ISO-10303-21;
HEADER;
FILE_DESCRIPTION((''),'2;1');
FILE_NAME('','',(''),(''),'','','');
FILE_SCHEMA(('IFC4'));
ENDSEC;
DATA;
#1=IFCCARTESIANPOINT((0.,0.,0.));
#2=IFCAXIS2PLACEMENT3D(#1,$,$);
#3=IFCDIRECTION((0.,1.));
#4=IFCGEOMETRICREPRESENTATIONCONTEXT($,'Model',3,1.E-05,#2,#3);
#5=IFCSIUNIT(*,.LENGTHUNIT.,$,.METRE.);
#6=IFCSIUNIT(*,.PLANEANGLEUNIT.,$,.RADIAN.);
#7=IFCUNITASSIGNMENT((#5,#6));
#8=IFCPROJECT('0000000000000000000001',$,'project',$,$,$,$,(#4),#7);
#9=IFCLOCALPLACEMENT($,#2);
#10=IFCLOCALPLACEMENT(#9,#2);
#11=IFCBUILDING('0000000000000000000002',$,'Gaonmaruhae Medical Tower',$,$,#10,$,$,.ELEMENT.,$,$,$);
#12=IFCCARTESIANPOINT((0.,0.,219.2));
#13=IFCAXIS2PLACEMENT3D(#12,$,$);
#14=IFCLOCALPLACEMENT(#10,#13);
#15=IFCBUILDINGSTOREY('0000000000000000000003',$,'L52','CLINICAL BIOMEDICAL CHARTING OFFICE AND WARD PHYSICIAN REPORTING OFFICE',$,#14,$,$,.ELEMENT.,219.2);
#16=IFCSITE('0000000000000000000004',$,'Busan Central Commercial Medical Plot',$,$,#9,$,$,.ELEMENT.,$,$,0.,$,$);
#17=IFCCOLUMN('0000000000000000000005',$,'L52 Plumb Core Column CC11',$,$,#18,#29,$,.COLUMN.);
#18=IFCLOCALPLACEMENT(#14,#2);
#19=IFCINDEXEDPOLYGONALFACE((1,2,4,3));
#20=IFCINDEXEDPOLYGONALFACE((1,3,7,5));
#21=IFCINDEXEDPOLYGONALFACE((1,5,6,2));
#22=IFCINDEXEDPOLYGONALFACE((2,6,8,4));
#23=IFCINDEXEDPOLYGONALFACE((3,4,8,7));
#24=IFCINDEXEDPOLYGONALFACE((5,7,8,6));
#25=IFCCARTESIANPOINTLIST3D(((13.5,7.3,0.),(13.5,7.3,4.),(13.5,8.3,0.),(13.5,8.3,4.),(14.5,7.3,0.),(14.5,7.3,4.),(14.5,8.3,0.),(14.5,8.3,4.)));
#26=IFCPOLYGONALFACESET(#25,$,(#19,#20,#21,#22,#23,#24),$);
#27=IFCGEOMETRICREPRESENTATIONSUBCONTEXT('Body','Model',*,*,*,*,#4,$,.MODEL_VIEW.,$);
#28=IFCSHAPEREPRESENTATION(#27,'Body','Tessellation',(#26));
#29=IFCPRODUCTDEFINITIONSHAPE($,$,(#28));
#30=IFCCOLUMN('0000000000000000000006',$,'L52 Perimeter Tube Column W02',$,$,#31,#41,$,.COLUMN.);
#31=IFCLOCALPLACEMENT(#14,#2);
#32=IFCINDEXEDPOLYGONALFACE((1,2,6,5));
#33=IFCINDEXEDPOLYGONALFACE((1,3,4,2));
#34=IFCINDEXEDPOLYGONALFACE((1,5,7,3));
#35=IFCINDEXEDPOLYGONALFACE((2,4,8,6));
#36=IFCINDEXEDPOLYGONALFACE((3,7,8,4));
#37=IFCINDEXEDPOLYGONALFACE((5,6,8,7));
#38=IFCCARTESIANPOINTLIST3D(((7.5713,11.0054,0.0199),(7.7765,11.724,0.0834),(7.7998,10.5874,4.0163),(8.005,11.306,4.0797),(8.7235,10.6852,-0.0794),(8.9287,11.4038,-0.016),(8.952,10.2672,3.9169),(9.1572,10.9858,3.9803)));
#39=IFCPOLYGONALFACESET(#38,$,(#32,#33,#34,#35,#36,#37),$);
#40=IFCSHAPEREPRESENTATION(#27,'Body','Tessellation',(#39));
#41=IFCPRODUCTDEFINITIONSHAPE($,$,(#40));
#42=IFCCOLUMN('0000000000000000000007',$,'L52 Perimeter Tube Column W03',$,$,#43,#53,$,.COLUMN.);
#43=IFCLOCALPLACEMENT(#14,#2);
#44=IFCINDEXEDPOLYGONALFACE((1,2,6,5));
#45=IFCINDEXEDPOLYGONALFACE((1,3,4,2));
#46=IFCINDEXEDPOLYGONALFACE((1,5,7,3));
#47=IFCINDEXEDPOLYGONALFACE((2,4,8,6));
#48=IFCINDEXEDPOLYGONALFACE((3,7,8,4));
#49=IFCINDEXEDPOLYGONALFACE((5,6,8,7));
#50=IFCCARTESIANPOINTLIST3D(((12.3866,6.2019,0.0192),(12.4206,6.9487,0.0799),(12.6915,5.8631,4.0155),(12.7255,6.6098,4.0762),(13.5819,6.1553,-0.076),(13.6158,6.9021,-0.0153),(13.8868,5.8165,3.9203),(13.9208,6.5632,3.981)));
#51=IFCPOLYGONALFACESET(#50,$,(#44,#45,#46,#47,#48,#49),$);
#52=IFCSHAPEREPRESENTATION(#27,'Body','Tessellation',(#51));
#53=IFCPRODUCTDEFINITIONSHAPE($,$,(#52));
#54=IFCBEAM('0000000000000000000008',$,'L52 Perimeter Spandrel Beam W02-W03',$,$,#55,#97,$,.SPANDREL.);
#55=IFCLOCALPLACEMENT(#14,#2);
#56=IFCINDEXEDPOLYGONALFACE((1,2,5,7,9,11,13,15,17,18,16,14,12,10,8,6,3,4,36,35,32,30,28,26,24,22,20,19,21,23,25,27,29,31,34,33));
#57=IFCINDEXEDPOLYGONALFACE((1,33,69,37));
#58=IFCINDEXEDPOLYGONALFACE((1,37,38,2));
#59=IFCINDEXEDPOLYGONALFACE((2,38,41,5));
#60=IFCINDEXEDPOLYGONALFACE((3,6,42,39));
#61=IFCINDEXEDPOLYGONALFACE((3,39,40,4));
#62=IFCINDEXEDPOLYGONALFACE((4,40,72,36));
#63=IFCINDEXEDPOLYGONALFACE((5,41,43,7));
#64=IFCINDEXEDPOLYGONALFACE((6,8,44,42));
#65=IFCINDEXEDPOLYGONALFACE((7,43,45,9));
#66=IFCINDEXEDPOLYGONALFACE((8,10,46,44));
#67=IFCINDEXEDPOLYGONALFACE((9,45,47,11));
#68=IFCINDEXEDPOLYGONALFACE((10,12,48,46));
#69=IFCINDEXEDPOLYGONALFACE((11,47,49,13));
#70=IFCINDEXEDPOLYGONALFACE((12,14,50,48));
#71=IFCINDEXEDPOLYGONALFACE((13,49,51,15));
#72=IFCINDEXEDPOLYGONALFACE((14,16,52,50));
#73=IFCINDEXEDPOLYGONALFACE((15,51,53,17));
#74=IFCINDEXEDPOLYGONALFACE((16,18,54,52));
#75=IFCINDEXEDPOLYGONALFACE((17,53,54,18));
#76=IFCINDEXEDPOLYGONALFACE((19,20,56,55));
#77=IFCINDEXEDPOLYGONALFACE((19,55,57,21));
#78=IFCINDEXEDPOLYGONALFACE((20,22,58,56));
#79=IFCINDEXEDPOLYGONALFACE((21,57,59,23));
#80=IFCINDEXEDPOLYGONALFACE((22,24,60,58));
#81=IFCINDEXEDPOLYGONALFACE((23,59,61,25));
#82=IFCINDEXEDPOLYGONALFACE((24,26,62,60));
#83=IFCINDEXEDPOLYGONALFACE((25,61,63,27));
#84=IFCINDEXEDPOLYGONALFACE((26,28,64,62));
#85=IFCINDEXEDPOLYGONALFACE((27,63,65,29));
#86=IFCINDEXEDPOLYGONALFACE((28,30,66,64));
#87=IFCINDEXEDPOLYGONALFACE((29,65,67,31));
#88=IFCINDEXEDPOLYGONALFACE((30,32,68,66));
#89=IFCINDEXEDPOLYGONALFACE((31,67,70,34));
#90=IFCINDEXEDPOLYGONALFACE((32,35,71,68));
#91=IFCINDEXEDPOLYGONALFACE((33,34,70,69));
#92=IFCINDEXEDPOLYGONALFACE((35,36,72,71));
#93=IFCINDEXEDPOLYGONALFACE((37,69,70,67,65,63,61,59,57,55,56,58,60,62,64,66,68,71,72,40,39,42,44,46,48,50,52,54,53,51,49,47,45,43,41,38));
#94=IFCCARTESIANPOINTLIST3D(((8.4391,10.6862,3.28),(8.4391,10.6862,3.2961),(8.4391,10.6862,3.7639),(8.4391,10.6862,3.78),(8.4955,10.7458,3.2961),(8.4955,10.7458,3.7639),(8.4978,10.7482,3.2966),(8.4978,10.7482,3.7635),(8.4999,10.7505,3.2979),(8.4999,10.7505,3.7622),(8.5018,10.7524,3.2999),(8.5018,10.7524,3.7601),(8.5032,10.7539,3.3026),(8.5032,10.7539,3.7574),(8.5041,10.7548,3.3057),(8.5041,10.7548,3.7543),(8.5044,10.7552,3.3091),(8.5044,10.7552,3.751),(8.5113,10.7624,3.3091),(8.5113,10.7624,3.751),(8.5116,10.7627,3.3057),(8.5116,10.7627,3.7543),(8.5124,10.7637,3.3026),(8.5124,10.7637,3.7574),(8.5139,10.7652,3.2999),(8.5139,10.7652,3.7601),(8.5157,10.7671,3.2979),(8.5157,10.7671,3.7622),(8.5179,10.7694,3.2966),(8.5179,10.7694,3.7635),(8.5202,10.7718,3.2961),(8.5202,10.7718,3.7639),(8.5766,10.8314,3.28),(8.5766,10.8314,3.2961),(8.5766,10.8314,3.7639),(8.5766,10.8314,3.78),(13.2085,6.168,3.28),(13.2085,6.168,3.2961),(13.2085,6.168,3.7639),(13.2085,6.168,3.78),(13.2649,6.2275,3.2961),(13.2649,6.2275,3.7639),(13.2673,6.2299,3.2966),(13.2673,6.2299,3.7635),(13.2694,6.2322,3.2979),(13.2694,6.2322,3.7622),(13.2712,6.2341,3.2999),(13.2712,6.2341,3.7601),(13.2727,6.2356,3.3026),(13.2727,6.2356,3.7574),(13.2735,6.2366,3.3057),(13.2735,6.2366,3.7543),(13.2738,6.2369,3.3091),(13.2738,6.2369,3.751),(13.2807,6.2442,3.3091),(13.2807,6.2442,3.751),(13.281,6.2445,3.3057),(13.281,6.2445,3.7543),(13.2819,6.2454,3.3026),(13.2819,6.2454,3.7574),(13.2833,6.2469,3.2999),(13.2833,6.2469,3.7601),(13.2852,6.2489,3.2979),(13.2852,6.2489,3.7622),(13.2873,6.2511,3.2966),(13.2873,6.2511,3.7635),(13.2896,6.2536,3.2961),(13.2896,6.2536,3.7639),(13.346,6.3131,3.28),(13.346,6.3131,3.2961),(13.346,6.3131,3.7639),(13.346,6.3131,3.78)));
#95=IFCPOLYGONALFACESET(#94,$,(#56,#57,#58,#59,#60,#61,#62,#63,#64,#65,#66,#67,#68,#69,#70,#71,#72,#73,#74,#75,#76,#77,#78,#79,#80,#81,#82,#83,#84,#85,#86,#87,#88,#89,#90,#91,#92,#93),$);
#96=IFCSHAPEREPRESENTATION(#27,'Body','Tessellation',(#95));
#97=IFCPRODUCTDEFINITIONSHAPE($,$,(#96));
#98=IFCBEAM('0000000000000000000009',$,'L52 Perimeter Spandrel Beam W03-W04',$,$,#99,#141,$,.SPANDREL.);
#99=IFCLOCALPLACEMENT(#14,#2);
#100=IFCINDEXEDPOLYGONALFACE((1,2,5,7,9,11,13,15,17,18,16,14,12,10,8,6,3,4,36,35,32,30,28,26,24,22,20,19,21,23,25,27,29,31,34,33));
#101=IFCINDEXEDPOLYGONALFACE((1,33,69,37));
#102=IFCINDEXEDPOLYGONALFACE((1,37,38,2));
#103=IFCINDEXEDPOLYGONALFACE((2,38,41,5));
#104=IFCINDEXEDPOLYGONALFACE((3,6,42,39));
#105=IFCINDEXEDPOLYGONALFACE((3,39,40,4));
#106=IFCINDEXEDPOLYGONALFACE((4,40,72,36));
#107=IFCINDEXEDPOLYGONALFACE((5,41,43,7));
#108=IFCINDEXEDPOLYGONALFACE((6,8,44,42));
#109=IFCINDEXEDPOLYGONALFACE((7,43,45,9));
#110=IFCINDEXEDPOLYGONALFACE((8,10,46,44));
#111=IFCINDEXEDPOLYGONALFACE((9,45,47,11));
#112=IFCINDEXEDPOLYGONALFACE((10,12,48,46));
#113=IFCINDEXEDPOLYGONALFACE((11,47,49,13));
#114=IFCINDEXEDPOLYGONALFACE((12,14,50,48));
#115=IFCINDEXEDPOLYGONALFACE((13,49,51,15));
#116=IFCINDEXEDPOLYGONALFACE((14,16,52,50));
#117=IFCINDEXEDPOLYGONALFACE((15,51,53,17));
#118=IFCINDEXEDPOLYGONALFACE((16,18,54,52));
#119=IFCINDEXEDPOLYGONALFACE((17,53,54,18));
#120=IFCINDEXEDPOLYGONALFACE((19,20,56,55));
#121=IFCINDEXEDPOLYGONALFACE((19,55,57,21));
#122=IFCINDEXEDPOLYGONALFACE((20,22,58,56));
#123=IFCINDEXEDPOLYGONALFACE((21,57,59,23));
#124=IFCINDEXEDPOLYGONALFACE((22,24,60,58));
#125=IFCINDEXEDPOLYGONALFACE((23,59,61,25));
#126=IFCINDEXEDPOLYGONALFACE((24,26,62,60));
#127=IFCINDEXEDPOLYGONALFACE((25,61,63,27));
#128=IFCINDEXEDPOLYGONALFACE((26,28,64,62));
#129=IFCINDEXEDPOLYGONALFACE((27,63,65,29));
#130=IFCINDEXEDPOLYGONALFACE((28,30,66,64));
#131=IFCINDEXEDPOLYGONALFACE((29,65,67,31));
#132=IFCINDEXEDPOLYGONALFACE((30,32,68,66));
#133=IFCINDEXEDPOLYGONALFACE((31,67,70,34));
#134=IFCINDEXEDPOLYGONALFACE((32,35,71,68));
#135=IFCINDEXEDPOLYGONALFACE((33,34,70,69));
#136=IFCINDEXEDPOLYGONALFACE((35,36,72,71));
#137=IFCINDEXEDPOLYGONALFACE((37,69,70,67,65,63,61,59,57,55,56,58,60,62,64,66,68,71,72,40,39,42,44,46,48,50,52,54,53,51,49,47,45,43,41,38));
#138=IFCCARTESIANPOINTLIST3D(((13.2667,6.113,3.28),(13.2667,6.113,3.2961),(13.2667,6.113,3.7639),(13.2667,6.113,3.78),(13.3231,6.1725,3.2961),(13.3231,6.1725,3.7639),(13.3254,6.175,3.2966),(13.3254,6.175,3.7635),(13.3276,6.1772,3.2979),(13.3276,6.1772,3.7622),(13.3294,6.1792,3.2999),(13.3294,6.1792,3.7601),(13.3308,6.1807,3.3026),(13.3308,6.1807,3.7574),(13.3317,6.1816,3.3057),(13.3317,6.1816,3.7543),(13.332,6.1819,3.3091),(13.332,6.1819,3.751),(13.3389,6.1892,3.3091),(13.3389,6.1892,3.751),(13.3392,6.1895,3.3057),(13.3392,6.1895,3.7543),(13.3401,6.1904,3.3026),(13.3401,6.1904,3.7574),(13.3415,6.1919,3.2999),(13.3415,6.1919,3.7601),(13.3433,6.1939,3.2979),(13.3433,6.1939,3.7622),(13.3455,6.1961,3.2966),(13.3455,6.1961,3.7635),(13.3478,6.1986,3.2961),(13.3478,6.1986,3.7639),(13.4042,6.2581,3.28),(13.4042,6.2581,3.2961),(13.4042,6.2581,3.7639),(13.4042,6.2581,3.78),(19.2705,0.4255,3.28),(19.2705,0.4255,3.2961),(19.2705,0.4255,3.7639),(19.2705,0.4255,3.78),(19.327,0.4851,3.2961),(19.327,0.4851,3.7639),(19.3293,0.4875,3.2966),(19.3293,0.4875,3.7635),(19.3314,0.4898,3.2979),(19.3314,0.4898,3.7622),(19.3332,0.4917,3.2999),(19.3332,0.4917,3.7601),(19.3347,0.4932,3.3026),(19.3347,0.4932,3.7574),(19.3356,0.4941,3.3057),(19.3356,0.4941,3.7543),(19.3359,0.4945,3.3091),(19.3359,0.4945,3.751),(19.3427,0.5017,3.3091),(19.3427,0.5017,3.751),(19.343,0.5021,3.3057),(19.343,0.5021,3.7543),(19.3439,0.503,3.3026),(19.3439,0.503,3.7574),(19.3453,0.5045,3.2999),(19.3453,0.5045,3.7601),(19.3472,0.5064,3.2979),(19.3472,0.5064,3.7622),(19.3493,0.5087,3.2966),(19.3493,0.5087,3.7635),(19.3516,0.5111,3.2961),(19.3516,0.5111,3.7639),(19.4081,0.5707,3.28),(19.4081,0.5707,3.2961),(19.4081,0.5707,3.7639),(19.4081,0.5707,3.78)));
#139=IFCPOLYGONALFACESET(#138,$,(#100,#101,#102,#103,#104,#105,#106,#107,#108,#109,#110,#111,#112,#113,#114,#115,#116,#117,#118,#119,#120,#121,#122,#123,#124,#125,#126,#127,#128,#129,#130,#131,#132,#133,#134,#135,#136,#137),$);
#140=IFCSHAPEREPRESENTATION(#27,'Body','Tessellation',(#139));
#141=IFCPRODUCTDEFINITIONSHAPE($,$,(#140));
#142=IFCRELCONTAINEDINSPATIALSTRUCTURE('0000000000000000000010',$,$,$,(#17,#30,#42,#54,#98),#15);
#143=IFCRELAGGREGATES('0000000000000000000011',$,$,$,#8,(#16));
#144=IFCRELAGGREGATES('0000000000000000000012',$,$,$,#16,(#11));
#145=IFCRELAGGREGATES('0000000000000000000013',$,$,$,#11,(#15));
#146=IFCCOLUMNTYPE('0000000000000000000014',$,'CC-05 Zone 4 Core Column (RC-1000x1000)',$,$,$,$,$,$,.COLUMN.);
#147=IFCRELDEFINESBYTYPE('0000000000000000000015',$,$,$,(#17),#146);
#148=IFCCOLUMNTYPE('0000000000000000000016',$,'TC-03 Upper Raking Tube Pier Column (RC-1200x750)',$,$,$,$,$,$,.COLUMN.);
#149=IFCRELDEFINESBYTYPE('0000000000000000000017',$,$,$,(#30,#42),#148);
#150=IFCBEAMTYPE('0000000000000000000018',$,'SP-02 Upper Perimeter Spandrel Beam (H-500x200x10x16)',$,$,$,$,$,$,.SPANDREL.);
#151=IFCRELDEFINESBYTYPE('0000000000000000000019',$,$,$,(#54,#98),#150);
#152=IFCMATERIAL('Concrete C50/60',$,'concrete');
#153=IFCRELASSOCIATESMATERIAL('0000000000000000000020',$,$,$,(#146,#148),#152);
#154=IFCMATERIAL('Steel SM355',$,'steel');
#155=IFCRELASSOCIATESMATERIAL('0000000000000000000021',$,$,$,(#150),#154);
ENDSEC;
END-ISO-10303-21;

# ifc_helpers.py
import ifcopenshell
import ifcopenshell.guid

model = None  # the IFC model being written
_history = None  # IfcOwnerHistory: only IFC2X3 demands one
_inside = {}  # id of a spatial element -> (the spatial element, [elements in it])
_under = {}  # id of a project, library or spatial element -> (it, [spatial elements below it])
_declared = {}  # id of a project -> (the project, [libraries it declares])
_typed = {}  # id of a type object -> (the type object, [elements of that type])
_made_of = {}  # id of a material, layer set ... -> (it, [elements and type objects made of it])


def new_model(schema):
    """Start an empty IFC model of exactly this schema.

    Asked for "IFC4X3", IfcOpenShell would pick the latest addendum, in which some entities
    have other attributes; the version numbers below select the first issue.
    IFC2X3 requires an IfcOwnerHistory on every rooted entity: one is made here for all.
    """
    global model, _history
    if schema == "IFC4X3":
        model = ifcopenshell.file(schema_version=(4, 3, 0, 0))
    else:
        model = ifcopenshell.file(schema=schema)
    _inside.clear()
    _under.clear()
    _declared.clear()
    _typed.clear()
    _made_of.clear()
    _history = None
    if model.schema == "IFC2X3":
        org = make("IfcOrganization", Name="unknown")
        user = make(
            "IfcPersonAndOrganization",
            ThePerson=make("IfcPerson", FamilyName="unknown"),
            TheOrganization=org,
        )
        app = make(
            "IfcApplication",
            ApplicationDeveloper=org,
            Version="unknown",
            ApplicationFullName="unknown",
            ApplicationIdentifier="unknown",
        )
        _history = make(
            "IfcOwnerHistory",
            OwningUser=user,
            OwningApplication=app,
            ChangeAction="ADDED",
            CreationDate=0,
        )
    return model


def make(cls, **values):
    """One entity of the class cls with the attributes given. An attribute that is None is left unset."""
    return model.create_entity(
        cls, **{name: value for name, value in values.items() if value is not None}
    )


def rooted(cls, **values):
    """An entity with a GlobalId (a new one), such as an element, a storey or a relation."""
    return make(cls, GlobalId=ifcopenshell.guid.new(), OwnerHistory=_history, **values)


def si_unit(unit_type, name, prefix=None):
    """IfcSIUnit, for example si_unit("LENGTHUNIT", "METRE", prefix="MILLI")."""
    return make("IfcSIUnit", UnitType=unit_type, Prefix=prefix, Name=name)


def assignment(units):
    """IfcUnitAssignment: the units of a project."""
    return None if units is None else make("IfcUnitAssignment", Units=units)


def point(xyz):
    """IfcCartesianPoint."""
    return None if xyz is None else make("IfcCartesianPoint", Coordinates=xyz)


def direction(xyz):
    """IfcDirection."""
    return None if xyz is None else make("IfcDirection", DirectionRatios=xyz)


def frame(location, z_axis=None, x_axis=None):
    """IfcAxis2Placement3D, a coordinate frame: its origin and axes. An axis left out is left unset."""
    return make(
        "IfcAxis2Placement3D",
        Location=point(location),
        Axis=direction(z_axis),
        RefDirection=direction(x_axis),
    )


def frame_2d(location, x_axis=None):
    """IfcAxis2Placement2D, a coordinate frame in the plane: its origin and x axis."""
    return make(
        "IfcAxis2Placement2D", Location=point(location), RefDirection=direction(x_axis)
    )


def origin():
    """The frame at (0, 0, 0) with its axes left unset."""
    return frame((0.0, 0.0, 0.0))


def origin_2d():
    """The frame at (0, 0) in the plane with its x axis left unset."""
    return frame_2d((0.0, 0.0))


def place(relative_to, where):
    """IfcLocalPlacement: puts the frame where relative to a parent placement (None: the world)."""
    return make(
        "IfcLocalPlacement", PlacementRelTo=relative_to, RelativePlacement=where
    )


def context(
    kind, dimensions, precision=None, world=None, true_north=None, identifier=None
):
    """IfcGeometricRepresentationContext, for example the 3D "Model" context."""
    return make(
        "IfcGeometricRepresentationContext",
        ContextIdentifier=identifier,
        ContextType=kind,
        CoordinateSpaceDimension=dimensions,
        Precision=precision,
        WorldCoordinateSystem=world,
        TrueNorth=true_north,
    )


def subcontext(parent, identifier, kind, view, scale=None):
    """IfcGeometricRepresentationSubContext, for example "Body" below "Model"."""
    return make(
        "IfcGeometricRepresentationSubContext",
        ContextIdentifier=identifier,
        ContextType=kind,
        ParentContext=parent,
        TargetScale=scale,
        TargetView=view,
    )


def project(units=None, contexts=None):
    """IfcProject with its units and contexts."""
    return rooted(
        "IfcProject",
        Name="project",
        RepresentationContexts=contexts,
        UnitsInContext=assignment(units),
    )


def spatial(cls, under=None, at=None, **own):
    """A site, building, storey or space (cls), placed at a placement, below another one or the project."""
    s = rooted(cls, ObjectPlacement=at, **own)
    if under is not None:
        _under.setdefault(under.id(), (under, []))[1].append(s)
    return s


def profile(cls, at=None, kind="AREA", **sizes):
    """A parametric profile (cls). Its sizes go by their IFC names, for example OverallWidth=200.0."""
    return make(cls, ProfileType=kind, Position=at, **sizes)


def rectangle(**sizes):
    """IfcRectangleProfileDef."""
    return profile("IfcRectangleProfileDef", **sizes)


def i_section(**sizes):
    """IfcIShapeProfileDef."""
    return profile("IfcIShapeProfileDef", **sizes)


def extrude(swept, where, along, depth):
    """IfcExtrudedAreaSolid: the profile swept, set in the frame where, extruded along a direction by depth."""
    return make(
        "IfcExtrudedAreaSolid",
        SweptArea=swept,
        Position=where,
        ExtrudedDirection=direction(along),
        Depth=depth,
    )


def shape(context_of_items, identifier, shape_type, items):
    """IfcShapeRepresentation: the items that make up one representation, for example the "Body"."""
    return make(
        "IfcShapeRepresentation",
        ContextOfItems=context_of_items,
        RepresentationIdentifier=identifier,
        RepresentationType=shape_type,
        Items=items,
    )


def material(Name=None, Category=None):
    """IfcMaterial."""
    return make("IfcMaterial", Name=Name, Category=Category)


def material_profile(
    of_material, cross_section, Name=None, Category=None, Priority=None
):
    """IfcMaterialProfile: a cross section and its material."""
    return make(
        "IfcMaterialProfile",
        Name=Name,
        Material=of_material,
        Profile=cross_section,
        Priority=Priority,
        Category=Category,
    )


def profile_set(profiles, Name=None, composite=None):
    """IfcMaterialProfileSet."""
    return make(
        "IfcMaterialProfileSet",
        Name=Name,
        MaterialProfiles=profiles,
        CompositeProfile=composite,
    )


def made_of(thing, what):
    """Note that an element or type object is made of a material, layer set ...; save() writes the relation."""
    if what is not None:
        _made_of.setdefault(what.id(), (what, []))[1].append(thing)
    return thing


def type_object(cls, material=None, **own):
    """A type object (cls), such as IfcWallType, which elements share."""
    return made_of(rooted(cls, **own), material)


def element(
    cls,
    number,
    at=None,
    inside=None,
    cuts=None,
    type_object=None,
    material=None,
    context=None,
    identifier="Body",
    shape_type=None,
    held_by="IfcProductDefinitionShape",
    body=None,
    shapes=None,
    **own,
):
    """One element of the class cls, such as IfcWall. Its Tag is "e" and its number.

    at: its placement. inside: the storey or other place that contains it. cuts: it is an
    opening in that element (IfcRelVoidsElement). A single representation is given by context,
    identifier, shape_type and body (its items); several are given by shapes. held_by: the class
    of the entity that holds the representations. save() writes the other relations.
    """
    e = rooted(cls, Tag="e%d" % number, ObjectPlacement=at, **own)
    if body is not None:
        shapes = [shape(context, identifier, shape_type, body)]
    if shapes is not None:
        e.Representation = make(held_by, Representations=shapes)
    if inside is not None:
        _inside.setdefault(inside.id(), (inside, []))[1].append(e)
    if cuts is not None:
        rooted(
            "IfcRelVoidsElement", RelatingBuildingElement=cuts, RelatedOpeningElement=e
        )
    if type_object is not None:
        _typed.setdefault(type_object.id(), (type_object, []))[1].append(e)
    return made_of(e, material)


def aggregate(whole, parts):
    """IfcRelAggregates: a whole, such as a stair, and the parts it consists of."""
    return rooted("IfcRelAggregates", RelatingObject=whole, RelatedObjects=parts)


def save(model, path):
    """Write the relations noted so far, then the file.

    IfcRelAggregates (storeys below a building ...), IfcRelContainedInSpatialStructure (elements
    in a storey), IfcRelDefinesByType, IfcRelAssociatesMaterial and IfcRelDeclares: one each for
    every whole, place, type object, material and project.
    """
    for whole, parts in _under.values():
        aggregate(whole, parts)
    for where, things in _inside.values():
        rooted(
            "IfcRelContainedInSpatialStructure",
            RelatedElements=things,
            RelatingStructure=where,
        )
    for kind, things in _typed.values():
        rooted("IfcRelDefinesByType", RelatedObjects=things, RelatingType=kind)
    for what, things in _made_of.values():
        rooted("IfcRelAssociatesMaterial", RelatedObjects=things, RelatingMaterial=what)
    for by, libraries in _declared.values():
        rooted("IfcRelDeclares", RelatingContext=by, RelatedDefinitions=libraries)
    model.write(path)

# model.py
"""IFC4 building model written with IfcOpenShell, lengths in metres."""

from ifc_helpers import new_model, si_unit, direction, frame, origin, origin_2d, place, context, subcontext, project, spatial, rectangle, i_section, extrude, material, material_profile, profile_set, type_object, element, save


model = new_model("IFC4")

# Units and contexts
model_context = context("Model", 3, precision=1e-05, world=origin(), true_north=direction((0.0, 1.0)))
body_context = subcontext(model_context, "Body", "Model", "MODEL_VIEW")
ifc_project = project(units=[si_unit("LENGTHUNIT", "METRE"), si_unit("PLANEANGLEUNIT", "RADIAN")], contexts=[model_context])

# Site, building, storey
site_placement = place(None, origin())
site = spatial("IfcSite", under=ifc_project, at=site_placement, Name="Busan Central Commercial Medical Plot", CompositionType="ELEMENT", RefElevation=0.0)
building_placement = place(site_placement, origin())
building = spatial("IfcBuilding", under=site, at=building_placement, Name="Gaonmaruhae Medical Tower", CompositionType="ELEMENT")
storey_placement = place(building_placement, frame((0.0, 0.0, 219.2)))
storey = spatial("IfcBuildingStorey", under=building, at=storey_placement, Name="L52", Description="CLINICAL BIOMEDICAL CHARTING OFFICE AND WARD PHYSICIAN REPORTING OFFICE", CompositionType="ELEMENT", Elevation=219.2)

# Columns
ifc_material_1 = material(Name="Concrete C50/60", Category="concrete")
ifc_material_profile_1 = material_profile(ifc_material_1, rectangle(XDim=1.0, YDim=1.0, at=origin_2d()), Name="RC-1000x1000")
ifc_profile_set_1 = profile_set([ifc_material_profile_1], Name="Concrete C50/60")
column_type_1 = type_object("IfcColumnType", Name="CC-05 Zone 4 Core Column (RC-1000x1000)", PredefinedType="COLUMN", material=ifc_profile_set_1)
column_1_placement = place(storey_placement, frame((14.0, 7.8, 0.0), z_axis=(0.0, 0.0, 1.0), x_axis=(1.0, 0.0, 0.0)))
element("IfcColumn", 1, at=column_1_placement, inside=storey, type_object=column_type_1, Name="L52 Plumb Core Column CC11", PredefinedType="COLUMN", context=body_context, shape_type="SweptSolid", body=[
    extrude(rectangle(XDim=1.0, YDim=1.0, at=origin_2d()), origin(), (0.0, 0.0, 1.0), 4.0),
])
ifc_material_profile_2 = material_profile(ifc_material_1, rectangle(XDim=1.2, YDim=0.75, at=origin_2d()), Name="RC-1200x750")
ifc_profile_set_2 = profile_set([ifc_material_profile_2], Name="Concrete C50/60")
column_type_2 = type_object("IfcColumnType", Name="TC-03 Upper Raking Tube Pier Column (RC-1200x750)", PredefinedType="COLUMN", material=ifc_profile_set_2)
column_2_placement = place(storey_placement, frame((8.25, 11.2046, 0.002), z_axis=(0.056779, -0.103853, 0.992971), x_axis=(-0.960175, 0.266844, 0.082813)))
element("IfcColumn", 2, at=column_2_placement, inside=storey, type_object=column_type_2, Name="L52 Perimeter Tube Column W02", PredefinedType="COLUMN", context=body_context, shape_type="SweptSolid", body=[
    extrude(rectangle(XDim=1.2, YDim=0.75, at=origin_2d()), origin(), (0.0, 0.0, 1.0), 4.0247),
])
column_3_placement = place(storey_placement, frame((13.0012, 6.552, 0.002), z_axis=(0.075811, -0.084248, 0.993557), x_axis=(-0.996095, 0.038827, 0.079297)))
element("IfcColumn", 3, at=column_3_placement, inside=storey, type_object=column_type_2, Name="L52 Perimeter Tube Column W03", PredefinedType="COLUMN", context=body_context, shape_type="SweptSolid", body=[
    extrude(rectangle(XDim=1.2, YDim=0.75, at=origin_2d()), origin(), (0.0, 0.0, 1.0), 4.0222),
])

# Beams
ifc_material_2 = material(Name="Steel SM355", Category="steel")
ifc_material_profile_3 = material_profile(ifc_material_2, i_section(OverallWidth=0.2, OverallDepth=0.5, WebThickness=0.01, FlangeThickness=0.0161, FilletRadius=0.0129, at=origin_2d()), Name="H-500x200x10x16")
ifc_profile_set_3 = profile_set([ifc_material_profile_3], Name="Steel SM355")
beam_type = type_object("IfcBeamType", Name="SP-02 Upper Perimeter Spandrel Beam (H-500x200x10x16)", PredefinedType="SPANDREL", material=ifc_profile_set_3)
beam_1_placement = place(storey_placement, frame((8.5078, 10.7588, 3.53), z_axis=(0.725967, -0.687729, 0.0), x_axis=(0.687729, 0.725967, 0.0)))
element("IfcBeam", 4, at=beam_1_placement, inside=storey, type_object=beam_type, Name="L52 Perimeter Spandrel Beam W02-W03", PredefinedType="SPANDREL", context=body_context, shape_type="SweptSolid", body=[
    extrude(i_section(OverallWidth=0.2, OverallDepth=0.5, WebThickness=0.01, FlangeThickness=0.0161, FilletRadius=0.0129, at=origin_2d()), origin(), (0.0, 0.0, 1.0), 6.5698),
])
beam_2_placement = place(storey_placement, frame((13.3354, 6.1855, 3.53), z_axis=(0.725978, -0.687718, 0.0), x_axis=(0.687718, 0.725978, 0.0)))
element("IfcBeam", 5, at=beam_2_placement, inside=storey, type_object=beam_type, Name="L52 Perimeter Spandrel Beam W03-W04", PredefinedType="SPANDREL", context=body_context, shape_type="SweptSolid", body=[
    extrude(i_section(OverallWidth=0.2, OverallDepth=0.5, WebThickness=0.01, FlangeThickness=0.0161, FilletRadius=0.0129, at=origin_2d()), origin(), (0.0, 0.0, 1.0), 8.27),
])

save(model, "model.ifc")
